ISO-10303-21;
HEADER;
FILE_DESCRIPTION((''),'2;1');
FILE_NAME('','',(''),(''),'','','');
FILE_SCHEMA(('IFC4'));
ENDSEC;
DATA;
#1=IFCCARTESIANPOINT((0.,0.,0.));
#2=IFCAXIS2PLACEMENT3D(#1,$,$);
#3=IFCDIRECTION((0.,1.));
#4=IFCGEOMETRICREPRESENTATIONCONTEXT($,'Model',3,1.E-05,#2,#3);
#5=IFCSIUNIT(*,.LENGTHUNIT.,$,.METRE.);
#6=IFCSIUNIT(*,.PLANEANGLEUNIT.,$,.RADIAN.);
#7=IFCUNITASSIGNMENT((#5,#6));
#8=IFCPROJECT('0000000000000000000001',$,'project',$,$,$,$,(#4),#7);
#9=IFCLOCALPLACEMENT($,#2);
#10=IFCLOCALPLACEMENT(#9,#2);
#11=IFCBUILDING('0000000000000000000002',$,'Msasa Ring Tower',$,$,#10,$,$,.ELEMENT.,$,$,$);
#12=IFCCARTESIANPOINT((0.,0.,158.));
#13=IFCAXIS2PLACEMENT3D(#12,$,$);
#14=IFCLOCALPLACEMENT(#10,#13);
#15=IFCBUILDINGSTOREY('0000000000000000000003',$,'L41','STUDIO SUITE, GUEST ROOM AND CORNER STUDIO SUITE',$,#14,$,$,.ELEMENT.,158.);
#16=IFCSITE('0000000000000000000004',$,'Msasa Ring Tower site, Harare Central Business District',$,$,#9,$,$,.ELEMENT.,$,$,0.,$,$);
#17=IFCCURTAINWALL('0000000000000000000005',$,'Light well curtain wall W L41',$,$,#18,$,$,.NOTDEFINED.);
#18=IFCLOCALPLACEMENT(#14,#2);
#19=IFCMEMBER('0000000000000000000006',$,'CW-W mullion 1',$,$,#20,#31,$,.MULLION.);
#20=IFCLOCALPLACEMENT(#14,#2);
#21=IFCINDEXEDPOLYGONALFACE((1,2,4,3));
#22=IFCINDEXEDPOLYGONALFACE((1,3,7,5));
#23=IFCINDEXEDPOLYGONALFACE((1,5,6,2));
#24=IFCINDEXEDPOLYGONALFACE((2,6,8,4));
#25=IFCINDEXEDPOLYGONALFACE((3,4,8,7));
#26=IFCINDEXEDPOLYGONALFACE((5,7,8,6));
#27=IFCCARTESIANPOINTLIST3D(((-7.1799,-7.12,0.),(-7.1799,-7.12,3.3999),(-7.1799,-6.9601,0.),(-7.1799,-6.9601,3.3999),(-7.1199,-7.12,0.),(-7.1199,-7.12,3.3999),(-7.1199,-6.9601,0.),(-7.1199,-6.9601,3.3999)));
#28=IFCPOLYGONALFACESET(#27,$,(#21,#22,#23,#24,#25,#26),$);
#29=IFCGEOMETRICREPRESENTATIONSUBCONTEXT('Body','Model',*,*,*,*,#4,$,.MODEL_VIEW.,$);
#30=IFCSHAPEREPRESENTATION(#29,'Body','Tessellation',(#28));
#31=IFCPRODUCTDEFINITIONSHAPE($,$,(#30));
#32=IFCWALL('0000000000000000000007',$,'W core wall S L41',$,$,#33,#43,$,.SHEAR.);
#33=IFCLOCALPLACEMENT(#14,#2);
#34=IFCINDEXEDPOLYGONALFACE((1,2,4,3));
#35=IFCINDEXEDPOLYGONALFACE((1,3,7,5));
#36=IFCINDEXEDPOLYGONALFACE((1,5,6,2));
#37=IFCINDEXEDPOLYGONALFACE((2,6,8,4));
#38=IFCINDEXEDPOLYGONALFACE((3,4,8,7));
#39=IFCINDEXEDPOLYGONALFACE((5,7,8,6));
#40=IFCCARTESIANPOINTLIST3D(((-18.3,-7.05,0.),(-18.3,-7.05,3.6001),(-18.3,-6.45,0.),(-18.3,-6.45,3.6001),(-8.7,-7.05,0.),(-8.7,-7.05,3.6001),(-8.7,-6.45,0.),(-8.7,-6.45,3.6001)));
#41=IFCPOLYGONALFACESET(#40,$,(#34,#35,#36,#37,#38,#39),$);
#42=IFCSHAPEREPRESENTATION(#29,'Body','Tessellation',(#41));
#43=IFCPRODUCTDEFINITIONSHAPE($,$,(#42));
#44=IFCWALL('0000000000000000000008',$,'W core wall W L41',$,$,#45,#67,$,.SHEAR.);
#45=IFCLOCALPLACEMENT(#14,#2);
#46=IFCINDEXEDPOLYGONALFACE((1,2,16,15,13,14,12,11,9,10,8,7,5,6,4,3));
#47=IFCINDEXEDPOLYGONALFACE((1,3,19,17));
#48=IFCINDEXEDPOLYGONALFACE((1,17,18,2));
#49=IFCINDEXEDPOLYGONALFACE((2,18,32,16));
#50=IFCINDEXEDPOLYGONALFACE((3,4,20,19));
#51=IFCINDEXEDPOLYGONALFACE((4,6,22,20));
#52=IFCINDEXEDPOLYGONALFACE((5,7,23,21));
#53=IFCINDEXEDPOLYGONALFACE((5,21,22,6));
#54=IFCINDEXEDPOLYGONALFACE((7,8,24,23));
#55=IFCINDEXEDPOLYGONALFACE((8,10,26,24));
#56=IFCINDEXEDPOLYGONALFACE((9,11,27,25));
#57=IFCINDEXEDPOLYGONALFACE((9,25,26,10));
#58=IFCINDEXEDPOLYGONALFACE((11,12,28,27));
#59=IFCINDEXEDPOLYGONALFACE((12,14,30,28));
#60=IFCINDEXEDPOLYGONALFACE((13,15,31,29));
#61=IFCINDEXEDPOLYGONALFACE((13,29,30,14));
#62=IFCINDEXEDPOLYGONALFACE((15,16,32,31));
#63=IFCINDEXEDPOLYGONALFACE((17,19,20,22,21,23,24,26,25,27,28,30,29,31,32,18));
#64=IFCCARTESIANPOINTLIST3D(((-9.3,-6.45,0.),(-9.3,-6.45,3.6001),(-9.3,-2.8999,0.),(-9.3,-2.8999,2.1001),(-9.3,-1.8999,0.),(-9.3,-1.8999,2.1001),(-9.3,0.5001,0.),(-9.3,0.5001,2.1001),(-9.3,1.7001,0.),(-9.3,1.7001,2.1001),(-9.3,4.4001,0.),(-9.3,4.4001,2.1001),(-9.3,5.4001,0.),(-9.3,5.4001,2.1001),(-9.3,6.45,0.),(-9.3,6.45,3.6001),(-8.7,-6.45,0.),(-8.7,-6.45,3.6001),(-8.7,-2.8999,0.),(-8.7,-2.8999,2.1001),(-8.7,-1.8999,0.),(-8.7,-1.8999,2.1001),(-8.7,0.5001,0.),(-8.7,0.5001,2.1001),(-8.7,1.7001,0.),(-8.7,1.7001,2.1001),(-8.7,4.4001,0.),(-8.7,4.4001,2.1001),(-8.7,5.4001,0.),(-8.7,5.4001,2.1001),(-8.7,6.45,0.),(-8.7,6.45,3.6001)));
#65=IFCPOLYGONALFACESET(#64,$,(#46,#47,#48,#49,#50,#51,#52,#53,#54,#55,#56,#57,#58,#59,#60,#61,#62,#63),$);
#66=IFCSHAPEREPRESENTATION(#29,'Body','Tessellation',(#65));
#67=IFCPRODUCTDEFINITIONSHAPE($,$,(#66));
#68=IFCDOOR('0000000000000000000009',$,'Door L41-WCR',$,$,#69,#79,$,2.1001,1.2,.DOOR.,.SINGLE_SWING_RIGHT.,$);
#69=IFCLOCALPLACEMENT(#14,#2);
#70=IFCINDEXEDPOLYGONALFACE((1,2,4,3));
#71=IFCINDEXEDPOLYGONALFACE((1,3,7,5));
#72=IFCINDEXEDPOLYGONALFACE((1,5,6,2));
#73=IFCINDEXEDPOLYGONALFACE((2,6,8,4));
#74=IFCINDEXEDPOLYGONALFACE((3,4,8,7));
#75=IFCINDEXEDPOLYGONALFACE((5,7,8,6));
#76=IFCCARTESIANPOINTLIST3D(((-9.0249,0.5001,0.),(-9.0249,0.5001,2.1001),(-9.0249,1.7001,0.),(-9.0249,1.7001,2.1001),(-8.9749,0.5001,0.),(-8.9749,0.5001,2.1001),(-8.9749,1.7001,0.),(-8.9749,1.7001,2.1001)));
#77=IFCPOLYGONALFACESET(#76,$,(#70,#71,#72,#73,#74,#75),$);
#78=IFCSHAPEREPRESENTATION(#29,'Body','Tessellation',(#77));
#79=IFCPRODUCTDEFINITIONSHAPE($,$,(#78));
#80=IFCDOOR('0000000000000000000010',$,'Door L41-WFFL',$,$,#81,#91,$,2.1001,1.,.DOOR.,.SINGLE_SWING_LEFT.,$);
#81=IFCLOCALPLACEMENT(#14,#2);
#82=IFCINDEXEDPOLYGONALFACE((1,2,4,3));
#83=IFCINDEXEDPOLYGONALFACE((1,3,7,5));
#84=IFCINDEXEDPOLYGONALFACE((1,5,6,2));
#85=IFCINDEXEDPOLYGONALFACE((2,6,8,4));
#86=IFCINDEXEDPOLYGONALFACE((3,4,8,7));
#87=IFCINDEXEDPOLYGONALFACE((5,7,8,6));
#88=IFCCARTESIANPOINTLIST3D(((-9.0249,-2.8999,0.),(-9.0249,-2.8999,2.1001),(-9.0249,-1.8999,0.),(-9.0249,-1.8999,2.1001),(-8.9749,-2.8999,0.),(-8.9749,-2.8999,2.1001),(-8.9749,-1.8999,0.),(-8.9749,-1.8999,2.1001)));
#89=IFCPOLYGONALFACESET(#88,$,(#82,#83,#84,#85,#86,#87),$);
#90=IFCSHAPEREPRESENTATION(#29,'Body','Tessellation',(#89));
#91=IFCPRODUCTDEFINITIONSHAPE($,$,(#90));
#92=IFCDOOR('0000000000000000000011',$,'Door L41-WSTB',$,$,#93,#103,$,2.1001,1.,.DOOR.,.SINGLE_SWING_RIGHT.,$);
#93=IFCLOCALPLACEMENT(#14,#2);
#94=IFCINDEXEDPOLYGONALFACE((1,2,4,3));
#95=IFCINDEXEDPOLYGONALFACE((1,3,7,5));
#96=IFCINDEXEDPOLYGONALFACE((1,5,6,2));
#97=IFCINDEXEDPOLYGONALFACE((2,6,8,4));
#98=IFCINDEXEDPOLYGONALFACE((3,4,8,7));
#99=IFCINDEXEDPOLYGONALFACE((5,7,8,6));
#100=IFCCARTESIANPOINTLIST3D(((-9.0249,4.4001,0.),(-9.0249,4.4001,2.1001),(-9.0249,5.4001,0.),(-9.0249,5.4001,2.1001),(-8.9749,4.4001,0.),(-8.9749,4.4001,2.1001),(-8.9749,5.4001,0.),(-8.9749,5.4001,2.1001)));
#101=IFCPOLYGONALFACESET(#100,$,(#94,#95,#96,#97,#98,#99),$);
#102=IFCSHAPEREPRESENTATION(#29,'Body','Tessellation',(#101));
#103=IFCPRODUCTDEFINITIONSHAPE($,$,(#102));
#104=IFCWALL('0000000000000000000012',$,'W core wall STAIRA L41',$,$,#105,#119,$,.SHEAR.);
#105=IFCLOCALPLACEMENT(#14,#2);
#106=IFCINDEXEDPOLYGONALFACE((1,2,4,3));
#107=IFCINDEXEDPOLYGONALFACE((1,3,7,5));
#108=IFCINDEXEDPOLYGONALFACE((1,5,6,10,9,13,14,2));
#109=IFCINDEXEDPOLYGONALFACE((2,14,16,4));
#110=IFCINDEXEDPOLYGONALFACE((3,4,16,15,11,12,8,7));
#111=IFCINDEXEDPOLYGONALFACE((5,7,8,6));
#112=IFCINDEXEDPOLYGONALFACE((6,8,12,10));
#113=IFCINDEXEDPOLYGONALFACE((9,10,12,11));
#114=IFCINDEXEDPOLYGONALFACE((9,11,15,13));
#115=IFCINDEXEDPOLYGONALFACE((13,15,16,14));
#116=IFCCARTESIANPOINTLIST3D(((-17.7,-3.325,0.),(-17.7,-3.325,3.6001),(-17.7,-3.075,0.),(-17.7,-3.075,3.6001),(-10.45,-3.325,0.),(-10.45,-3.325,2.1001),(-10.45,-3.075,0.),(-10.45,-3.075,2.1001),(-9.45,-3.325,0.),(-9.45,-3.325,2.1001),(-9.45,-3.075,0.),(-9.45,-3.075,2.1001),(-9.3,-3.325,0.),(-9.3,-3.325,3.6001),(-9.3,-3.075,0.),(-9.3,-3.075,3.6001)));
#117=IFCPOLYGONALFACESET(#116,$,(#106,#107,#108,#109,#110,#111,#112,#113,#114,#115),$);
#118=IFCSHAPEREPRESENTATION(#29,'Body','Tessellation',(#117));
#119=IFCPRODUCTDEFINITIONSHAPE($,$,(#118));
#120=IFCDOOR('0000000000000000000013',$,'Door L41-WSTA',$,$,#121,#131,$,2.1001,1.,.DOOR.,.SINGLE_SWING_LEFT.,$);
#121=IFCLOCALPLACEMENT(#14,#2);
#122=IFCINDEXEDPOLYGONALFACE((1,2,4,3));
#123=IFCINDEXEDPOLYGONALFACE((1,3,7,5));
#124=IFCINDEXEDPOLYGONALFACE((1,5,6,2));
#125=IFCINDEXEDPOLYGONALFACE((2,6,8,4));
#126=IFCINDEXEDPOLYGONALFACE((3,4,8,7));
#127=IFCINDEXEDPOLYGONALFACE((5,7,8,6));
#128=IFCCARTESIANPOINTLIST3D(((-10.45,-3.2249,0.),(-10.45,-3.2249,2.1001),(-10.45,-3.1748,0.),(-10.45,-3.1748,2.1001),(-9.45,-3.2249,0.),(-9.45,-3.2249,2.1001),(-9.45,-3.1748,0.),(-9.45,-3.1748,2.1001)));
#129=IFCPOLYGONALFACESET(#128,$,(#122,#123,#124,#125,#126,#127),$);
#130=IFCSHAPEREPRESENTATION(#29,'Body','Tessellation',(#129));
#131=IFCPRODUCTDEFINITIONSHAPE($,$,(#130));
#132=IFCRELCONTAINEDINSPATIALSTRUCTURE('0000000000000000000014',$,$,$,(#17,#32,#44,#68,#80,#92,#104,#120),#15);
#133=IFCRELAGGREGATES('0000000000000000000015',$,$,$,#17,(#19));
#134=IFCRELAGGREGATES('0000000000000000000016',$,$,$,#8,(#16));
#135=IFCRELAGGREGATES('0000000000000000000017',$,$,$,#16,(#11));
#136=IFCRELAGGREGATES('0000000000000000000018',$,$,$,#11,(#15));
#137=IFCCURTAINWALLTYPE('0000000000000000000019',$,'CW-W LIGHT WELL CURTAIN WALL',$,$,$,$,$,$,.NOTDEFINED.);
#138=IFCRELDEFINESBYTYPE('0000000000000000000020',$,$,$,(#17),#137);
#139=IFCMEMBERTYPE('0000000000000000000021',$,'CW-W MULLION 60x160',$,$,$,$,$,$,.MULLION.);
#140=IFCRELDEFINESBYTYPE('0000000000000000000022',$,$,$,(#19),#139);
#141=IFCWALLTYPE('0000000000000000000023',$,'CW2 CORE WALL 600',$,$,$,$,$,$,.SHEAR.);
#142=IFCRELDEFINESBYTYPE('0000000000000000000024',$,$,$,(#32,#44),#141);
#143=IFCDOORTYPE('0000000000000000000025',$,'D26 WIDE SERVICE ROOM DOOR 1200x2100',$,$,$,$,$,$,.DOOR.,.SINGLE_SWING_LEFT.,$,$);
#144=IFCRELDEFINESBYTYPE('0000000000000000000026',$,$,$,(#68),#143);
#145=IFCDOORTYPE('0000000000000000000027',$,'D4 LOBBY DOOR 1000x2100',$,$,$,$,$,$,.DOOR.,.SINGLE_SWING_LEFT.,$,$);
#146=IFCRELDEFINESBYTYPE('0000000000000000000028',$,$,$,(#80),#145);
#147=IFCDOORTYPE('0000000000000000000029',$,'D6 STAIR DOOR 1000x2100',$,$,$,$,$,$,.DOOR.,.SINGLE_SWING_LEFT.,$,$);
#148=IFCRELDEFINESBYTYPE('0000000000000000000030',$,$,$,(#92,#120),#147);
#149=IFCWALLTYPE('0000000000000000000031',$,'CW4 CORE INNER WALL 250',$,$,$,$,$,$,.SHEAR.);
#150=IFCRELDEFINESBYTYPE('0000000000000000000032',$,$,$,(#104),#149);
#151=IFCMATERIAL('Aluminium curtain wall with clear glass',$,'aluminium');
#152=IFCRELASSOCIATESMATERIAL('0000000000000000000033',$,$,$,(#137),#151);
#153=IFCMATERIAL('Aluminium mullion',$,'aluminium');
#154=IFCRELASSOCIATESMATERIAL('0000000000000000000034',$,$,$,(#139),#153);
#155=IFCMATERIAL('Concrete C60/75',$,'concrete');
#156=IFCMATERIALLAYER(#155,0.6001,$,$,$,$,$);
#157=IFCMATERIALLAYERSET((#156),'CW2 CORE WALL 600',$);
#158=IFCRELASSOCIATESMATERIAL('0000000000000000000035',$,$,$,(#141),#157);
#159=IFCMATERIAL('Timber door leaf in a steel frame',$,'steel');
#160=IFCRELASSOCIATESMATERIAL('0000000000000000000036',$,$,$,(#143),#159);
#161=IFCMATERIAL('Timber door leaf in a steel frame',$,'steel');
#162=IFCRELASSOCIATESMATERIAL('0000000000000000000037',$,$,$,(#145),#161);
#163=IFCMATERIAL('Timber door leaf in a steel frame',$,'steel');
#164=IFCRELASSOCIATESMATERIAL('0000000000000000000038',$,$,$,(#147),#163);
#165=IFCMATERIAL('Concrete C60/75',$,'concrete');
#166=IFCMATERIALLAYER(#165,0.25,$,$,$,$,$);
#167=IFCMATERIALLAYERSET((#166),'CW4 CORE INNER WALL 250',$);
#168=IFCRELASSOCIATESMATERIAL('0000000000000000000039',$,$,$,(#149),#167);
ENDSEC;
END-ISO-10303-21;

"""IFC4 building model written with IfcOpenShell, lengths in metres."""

from ifc_helpers import new_model, si_unit, direction, frame, frame_2d, origin, origin_2d, place, context, subcontext, project, spatial, rectangle, extrude, material, layer, layer_set, material_profile, profile_set, type_object, element, fill, aggregate, save


model = new_model("IFC4")

# Units and contexts
model_context = context("Model", 3, precision=1e-05, world=origin(), true_north=direction((0.0, 1.0)))
body_context = subcontext(model_context, "Body", "Model", "MODEL_VIEW")
ifc_project = project(units=[si_unit("LENGTHUNIT", "METRE"), si_unit("PLANEANGLEUNIT", "RADIAN")], contexts=[model_context])

# Site, building, storey
site_placement = place(None, origin())
site = spatial("IfcSite", under=ifc_project, at=site_placement, Name="Msasa Ring Tower site, Harare Central Business District", CompositionType="ELEMENT", RefElevation=0.0)
building_placement = place(site_placement, origin())
building = spatial("IfcBuilding", under=site, at=building_placement, Name="Msasa Ring Tower", CompositionType="ELEMENT")
storey_placement = place(building_placement, frame((0.0, 0.0, 158.0)))
storey = spatial("IfcBuildingStorey", under=building, at=storey_placement, Name="L41", Description="STUDIO SUITE, GUEST ROOM AND CORNER STUDIO SUITE", CompositionType="ELEMENT", Elevation=158.0)

# Curtain wall, member
ifc_material_1 = material(Name="Aluminium curtain wall with clear glass", Category="aluminium")
curtain_wall_type = type_object("IfcCurtainWallType", Name="CW-W LIGHT WELL CURTAIN WALL", PredefinedType="NOTDEFINED", material=ifc_material_1)
curtain_wall_placement = place(storey_placement, origin())
curtain_wall = element("IfcCurtainWall", 1, at=curtain_wall_placement, inside=storey, type_object=curtain_wall_type, Name="Light well curtain wall W L41", PredefinedType="NOTDEFINED")
ifc_material_2 = material(Name="Aluminium mullion", Category="aluminium")
ifc_material_profile = material_profile(ifc_material_2, rectangle(XDim=0.0601, YDim=0.1599, at=origin_2d()), Name="AL 60x160")
ifc_profile_set = profile_set([ifc_material_profile], Name="Aluminium mullion")
member_type = type_object("IfcMemberType", Name="CW-W MULLION 60x160", PredefinedType="MULLION", material=ifc_profile_set)
member_placement = place(storey_placement, frame((-7.1499, -7.04, 0.0), z_axis=(0.0, 0.0, 1.0), x_axis=(-1.0, 0.0, 0.0)))
member = element("IfcMember", 2, at=member_placement, type_object=member_type, Name="CW-W mullion 1", PredefinedType="MULLION", context=body_context, shape_type="SweptSolid", body=[
    extrude(rectangle(XDim=0.0601, YDim=0.1599, at=origin_2d()), origin(), (0.0, 0.0, 1.0), 3.3999),
])
aggregate(curtain_wall, [member])

# Wall
ifc_material_3 = material(Name="Concrete C60/75", Category="concrete")
ifc_layer_1 = layer(ifc_material_3, 0.6001)
ifc_layer_set_1 = layer_set([ifc_layer_1], Name="CW2 CORE WALL 600")
wall_type_1 = type_object("IfcWallType", Name="CW2 CORE WALL 600", PredefinedType="SHEAR", material=ifc_layer_set_1)
wall_1_placement = place(storey_placement, frame((-8.7, -6.75, 0.0), z_axis=(0.0, 0.0, 1.0), x_axis=(-1.0, 0.0, 0.0)))
element("IfcWall", 3, at=wall_1_placement, inside=storey, type_object=wall_type_1, Name="W core wall S L41", PredefinedType="SHEAR", context=body_context, shape_type="SweptSolid", body=[
    extrude(rectangle(XDim=9.6001, YDim=0.6001, at=frame_2d((4.8, 0.0))), origin(), (0.0, 0.0, 1.0), 3.6001),
])

# Wall, openings, doors
wall_2_placement = place(storey_placement, frame((-9.0, -6.45, 0.0), z_axis=(0.0, 0.0, 1.0), x_axis=(0.0, 1.0, 0.0)))
wall_2 = element("IfcWall", 4, at=wall_2_placement, inside=storey, type_object=wall_type_1, Name="W core wall W L41", PredefinedType="SHEAR", context=body_context, shape_type="SweptSolid", body=[
    extrude(rectangle(XDim=12.8999, YDim=0.6001, at=frame_2d((6.45, 0.0))), origin(), (0.0, 0.0, 1.0), 3.6001),
])
opening_1_placement = place(wall_2_placement, frame((3.55, 0.0, 0.0)))
opening_1 = element("IfcOpeningElement", 5, at=opening_1_placement, cuts=wall_2, PredefinedType="OPENING", context=body_context, shape_type="SweptSolid", body=[
    extrude(rectangle(XDim=1.0, YDim=2.1001, at=frame_2d((0.5, 1.05))), frame((0.0, 0.3101, 0.0), z_axis=(0.0, -1.0, 0.0), x_axis=(1.0, 0.0, 0.0)), (0.0, 0.0, 1.0), 0.6201),
])
opening_2_placement = place(wall_2_placement, frame((6.95, 0.0, 0.0)))
opening_2 = element("IfcOpeningElement", 6, at=opening_2_placement, cuts=wall_2, PredefinedType="OPENING", context=body_context, shape_type="SweptSolid", body=[
    extrude(rectangle(XDim=1.2, YDim=2.1001, at=frame_2d((0.6001, 1.05))), frame((0.0, 0.3101, 0.0), z_axis=(0.0, -1.0, 0.0), x_axis=(1.0, 0.0, 0.0)), (0.0, 0.0, 1.0), 0.6201),
])
opening_3_placement = place(wall_2_placement, frame((10.8501, 0.0, 0.0)))
opening_3 = element("IfcOpeningElement", 7, at=opening_3_placement, cuts=wall_2, PredefinedType="OPENING", context=body_context, shape_type="SweptSolid", body=[
    extrude(rectangle(XDim=1.0, YDim=2.1001, at=frame_2d((0.5, 1.05))), frame((0.0, 0.3101, 0.0), z_axis=(0.0, -1.0, 0.0), x_axis=(1.0, 0.0, 0.0)), (0.0, 0.0, 1.0), 0.6201),
])
ifc_material_4 = material(Name="Timber door leaf in a steel frame", Category="steel")
door_type_1 = type_object("IfcDoorType", Name="D26 WIDE SERVICE ROOM DOOR 1200x2100", OperationType="SINGLE_SWING_LEFT", PredefinedType="DOOR", material=ifc_material_4)
door_1_placement = place(opening_2_placement, origin())
door_1 = element("IfcDoor", 8, at=door_1_placement, inside=storey, type_object=door_type_1, Name="Door L41-WCR", OperationType="SINGLE_SWING_RIGHT", OverallHeight=2.1001, OverallWidth=1.2, PredefinedType="DOOR", context=body_context, shape_type="SweptSolid", body=[
    extrude(rectangle(XDim=1.2, YDim=2.1001, at=frame_2d((0.6001, 1.05))), frame((0.0, 0.0249, 0.0), z_axis=(0.0, -1.0, 0.0), x_axis=(1.0, 0.0, 0.0)), (0.0, 0.0, 1.0), 0.05),
])
fill(opening_2, door_1)
ifc_material_5 = material(Name="Timber door leaf in a steel frame", Category="steel")
door_type_2 = type_object("IfcDoorType", Name="D4 LOBBY DOOR 1000x2100", OperationType="SINGLE_SWING_LEFT", PredefinedType="DOOR", material=ifc_material_5)
door_2_placement = place(opening_1_placement, origin())
door_2 = element("IfcDoor", 9, at=door_2_placement, inside=storey, type_object=door_type_2, Name="Door L41-WFFL", OperationType="SINGLE_SWING_LEFT", OverallHeight=2.1001, OverallWidth=1.0, PredefinedType="DOOR", context=body_context, shape_type="SweptSolid", body=[
    extrude(rectangle(XDim=1.0, YDim=2.1001, at=frame_2d((0.5, 1.05))), frame((0.0, 0.0249, 0.0), z_axis=(0.0, -1.0, 0.0), x_axis=(1.0, 0.0, 0.0)), (0.0, 0.0, 1.0), 0.05),
])
fill(opening_1, door_2)
ifc_material_6 = material(Name="Timber door leaf in a steel frame", Category="steel")
door_type_3 = type_object("IfcDoorType", Name="D6 STAIR DOOR 1000x2100", OperationType="SINGLE_SWING_LEFT", PredefinedType="DOOR", material=ifc_material_6)
door_3_placement = place(opening_3_placement, origin())
door_3 = element("IfcDoor", 10, at=door_3_placement, inside=storey, type_object=door_type_3, Name="Door L41-WSTB", OperationType="SINGLE_SWING_RIGHT", OverallHeight=2.1001, OverallWidth=1.0, PredefinedType="DOOR", context=body_context, shape_type="SweptSolid", body=[
    extrude(rectangle(XDim=1.0, YDim=2.1001, at=frame_2d((0.5, 1.05))), frame((0.0, 0.0249, 0.0), z_axis=(0.0, -1.0, 0.0), x_axis=(1.0, 0.0, 0.0)), (0.0, 0.0, 1.0), 0.05),
])
fill(opening_3, door_3)

# Wall, opening, door
ifc_material_7 = material(Name="Concrete C60/75", Category="concrete")
ifc_layer_2 = layer(ifc_material_7, 0.25)
ifc_layer_set_2 = layer_set([ifc_layer_2], Name="CW4 CORE INNER WALL 250")
wall_type_2 = type_object("IfcWallType", Name="CW4 CORE INNER WALL 250", PredefinedType="SHEAR", material=ifc_layer_set_2)
wall_3_placement = place(storey_placement, frame((-9.3, -3.2, 0.0), z_axis=(0.0, 0.0, 1.0), x_axis=(-1.0, 0.0, 0.0)))
wall_3 = element("IfcWall", 11, at=wall_3_placement, inside=storey, type_object=wall_type_2, Name="W core wall STAIRA L41", PredefinedType="SHEAR", context=body_context, shape_type="SweptSolid", body=[
    extrude(rectangle(XDim=8.3999, YDim=0.25, at=frame_2d((4.2, 0.0))), origin(), (0.0, 0.0, 1.0), 3.6001),
])
opening_4_placement = place(wall_3_placement, frame((0.1499, 0.0, 0.0)))
opening_4 = element("IfcOpeningElement", 12, at=opening_4_placement, cuts=wall_3, PredefinedType="OPENING", context=body_context, shape_type="SweptSolid", body=[
    extrude(rectangle(XDim=1.0, YDim=2.1001, at=frame_2d((0.5, 1.05))), frame((0.0, 0.135, 0.0), z_axis=(0.0, -1.0, 0.0), x_axis=(1.0, 0.0, 0.0)), (0.0, 0.0, 1.0), 0.27),
])
door_4_placement = place(opening_4_placement, origin())
door_4 = element("IfcDoor", 13, at=door_4_placement, inside=storey, type_object=door_type_3, Name="Door L41-WSTA", OperationType="SINGLE_SWING_LEFT", OverallHeight=2.1001, OverallWidth=1.0, PredefinedType="DOOR", context=body_context, shape_type="SweptSolid", body=[
    extrude(rectangle(XDim=1.0, YDim=2.1001, at=frame_2d((0.5, 1.05))), frame((0.0, 0.0249, 0.0), z_axis=(0.0, -1.0, 0.0), x_axis=(1.0, 0.0, 0.0)), (0.0, 0.0, 1.0), 0.05),
])
fill(opening_4, door_4)

save(model, "model.ifc")
